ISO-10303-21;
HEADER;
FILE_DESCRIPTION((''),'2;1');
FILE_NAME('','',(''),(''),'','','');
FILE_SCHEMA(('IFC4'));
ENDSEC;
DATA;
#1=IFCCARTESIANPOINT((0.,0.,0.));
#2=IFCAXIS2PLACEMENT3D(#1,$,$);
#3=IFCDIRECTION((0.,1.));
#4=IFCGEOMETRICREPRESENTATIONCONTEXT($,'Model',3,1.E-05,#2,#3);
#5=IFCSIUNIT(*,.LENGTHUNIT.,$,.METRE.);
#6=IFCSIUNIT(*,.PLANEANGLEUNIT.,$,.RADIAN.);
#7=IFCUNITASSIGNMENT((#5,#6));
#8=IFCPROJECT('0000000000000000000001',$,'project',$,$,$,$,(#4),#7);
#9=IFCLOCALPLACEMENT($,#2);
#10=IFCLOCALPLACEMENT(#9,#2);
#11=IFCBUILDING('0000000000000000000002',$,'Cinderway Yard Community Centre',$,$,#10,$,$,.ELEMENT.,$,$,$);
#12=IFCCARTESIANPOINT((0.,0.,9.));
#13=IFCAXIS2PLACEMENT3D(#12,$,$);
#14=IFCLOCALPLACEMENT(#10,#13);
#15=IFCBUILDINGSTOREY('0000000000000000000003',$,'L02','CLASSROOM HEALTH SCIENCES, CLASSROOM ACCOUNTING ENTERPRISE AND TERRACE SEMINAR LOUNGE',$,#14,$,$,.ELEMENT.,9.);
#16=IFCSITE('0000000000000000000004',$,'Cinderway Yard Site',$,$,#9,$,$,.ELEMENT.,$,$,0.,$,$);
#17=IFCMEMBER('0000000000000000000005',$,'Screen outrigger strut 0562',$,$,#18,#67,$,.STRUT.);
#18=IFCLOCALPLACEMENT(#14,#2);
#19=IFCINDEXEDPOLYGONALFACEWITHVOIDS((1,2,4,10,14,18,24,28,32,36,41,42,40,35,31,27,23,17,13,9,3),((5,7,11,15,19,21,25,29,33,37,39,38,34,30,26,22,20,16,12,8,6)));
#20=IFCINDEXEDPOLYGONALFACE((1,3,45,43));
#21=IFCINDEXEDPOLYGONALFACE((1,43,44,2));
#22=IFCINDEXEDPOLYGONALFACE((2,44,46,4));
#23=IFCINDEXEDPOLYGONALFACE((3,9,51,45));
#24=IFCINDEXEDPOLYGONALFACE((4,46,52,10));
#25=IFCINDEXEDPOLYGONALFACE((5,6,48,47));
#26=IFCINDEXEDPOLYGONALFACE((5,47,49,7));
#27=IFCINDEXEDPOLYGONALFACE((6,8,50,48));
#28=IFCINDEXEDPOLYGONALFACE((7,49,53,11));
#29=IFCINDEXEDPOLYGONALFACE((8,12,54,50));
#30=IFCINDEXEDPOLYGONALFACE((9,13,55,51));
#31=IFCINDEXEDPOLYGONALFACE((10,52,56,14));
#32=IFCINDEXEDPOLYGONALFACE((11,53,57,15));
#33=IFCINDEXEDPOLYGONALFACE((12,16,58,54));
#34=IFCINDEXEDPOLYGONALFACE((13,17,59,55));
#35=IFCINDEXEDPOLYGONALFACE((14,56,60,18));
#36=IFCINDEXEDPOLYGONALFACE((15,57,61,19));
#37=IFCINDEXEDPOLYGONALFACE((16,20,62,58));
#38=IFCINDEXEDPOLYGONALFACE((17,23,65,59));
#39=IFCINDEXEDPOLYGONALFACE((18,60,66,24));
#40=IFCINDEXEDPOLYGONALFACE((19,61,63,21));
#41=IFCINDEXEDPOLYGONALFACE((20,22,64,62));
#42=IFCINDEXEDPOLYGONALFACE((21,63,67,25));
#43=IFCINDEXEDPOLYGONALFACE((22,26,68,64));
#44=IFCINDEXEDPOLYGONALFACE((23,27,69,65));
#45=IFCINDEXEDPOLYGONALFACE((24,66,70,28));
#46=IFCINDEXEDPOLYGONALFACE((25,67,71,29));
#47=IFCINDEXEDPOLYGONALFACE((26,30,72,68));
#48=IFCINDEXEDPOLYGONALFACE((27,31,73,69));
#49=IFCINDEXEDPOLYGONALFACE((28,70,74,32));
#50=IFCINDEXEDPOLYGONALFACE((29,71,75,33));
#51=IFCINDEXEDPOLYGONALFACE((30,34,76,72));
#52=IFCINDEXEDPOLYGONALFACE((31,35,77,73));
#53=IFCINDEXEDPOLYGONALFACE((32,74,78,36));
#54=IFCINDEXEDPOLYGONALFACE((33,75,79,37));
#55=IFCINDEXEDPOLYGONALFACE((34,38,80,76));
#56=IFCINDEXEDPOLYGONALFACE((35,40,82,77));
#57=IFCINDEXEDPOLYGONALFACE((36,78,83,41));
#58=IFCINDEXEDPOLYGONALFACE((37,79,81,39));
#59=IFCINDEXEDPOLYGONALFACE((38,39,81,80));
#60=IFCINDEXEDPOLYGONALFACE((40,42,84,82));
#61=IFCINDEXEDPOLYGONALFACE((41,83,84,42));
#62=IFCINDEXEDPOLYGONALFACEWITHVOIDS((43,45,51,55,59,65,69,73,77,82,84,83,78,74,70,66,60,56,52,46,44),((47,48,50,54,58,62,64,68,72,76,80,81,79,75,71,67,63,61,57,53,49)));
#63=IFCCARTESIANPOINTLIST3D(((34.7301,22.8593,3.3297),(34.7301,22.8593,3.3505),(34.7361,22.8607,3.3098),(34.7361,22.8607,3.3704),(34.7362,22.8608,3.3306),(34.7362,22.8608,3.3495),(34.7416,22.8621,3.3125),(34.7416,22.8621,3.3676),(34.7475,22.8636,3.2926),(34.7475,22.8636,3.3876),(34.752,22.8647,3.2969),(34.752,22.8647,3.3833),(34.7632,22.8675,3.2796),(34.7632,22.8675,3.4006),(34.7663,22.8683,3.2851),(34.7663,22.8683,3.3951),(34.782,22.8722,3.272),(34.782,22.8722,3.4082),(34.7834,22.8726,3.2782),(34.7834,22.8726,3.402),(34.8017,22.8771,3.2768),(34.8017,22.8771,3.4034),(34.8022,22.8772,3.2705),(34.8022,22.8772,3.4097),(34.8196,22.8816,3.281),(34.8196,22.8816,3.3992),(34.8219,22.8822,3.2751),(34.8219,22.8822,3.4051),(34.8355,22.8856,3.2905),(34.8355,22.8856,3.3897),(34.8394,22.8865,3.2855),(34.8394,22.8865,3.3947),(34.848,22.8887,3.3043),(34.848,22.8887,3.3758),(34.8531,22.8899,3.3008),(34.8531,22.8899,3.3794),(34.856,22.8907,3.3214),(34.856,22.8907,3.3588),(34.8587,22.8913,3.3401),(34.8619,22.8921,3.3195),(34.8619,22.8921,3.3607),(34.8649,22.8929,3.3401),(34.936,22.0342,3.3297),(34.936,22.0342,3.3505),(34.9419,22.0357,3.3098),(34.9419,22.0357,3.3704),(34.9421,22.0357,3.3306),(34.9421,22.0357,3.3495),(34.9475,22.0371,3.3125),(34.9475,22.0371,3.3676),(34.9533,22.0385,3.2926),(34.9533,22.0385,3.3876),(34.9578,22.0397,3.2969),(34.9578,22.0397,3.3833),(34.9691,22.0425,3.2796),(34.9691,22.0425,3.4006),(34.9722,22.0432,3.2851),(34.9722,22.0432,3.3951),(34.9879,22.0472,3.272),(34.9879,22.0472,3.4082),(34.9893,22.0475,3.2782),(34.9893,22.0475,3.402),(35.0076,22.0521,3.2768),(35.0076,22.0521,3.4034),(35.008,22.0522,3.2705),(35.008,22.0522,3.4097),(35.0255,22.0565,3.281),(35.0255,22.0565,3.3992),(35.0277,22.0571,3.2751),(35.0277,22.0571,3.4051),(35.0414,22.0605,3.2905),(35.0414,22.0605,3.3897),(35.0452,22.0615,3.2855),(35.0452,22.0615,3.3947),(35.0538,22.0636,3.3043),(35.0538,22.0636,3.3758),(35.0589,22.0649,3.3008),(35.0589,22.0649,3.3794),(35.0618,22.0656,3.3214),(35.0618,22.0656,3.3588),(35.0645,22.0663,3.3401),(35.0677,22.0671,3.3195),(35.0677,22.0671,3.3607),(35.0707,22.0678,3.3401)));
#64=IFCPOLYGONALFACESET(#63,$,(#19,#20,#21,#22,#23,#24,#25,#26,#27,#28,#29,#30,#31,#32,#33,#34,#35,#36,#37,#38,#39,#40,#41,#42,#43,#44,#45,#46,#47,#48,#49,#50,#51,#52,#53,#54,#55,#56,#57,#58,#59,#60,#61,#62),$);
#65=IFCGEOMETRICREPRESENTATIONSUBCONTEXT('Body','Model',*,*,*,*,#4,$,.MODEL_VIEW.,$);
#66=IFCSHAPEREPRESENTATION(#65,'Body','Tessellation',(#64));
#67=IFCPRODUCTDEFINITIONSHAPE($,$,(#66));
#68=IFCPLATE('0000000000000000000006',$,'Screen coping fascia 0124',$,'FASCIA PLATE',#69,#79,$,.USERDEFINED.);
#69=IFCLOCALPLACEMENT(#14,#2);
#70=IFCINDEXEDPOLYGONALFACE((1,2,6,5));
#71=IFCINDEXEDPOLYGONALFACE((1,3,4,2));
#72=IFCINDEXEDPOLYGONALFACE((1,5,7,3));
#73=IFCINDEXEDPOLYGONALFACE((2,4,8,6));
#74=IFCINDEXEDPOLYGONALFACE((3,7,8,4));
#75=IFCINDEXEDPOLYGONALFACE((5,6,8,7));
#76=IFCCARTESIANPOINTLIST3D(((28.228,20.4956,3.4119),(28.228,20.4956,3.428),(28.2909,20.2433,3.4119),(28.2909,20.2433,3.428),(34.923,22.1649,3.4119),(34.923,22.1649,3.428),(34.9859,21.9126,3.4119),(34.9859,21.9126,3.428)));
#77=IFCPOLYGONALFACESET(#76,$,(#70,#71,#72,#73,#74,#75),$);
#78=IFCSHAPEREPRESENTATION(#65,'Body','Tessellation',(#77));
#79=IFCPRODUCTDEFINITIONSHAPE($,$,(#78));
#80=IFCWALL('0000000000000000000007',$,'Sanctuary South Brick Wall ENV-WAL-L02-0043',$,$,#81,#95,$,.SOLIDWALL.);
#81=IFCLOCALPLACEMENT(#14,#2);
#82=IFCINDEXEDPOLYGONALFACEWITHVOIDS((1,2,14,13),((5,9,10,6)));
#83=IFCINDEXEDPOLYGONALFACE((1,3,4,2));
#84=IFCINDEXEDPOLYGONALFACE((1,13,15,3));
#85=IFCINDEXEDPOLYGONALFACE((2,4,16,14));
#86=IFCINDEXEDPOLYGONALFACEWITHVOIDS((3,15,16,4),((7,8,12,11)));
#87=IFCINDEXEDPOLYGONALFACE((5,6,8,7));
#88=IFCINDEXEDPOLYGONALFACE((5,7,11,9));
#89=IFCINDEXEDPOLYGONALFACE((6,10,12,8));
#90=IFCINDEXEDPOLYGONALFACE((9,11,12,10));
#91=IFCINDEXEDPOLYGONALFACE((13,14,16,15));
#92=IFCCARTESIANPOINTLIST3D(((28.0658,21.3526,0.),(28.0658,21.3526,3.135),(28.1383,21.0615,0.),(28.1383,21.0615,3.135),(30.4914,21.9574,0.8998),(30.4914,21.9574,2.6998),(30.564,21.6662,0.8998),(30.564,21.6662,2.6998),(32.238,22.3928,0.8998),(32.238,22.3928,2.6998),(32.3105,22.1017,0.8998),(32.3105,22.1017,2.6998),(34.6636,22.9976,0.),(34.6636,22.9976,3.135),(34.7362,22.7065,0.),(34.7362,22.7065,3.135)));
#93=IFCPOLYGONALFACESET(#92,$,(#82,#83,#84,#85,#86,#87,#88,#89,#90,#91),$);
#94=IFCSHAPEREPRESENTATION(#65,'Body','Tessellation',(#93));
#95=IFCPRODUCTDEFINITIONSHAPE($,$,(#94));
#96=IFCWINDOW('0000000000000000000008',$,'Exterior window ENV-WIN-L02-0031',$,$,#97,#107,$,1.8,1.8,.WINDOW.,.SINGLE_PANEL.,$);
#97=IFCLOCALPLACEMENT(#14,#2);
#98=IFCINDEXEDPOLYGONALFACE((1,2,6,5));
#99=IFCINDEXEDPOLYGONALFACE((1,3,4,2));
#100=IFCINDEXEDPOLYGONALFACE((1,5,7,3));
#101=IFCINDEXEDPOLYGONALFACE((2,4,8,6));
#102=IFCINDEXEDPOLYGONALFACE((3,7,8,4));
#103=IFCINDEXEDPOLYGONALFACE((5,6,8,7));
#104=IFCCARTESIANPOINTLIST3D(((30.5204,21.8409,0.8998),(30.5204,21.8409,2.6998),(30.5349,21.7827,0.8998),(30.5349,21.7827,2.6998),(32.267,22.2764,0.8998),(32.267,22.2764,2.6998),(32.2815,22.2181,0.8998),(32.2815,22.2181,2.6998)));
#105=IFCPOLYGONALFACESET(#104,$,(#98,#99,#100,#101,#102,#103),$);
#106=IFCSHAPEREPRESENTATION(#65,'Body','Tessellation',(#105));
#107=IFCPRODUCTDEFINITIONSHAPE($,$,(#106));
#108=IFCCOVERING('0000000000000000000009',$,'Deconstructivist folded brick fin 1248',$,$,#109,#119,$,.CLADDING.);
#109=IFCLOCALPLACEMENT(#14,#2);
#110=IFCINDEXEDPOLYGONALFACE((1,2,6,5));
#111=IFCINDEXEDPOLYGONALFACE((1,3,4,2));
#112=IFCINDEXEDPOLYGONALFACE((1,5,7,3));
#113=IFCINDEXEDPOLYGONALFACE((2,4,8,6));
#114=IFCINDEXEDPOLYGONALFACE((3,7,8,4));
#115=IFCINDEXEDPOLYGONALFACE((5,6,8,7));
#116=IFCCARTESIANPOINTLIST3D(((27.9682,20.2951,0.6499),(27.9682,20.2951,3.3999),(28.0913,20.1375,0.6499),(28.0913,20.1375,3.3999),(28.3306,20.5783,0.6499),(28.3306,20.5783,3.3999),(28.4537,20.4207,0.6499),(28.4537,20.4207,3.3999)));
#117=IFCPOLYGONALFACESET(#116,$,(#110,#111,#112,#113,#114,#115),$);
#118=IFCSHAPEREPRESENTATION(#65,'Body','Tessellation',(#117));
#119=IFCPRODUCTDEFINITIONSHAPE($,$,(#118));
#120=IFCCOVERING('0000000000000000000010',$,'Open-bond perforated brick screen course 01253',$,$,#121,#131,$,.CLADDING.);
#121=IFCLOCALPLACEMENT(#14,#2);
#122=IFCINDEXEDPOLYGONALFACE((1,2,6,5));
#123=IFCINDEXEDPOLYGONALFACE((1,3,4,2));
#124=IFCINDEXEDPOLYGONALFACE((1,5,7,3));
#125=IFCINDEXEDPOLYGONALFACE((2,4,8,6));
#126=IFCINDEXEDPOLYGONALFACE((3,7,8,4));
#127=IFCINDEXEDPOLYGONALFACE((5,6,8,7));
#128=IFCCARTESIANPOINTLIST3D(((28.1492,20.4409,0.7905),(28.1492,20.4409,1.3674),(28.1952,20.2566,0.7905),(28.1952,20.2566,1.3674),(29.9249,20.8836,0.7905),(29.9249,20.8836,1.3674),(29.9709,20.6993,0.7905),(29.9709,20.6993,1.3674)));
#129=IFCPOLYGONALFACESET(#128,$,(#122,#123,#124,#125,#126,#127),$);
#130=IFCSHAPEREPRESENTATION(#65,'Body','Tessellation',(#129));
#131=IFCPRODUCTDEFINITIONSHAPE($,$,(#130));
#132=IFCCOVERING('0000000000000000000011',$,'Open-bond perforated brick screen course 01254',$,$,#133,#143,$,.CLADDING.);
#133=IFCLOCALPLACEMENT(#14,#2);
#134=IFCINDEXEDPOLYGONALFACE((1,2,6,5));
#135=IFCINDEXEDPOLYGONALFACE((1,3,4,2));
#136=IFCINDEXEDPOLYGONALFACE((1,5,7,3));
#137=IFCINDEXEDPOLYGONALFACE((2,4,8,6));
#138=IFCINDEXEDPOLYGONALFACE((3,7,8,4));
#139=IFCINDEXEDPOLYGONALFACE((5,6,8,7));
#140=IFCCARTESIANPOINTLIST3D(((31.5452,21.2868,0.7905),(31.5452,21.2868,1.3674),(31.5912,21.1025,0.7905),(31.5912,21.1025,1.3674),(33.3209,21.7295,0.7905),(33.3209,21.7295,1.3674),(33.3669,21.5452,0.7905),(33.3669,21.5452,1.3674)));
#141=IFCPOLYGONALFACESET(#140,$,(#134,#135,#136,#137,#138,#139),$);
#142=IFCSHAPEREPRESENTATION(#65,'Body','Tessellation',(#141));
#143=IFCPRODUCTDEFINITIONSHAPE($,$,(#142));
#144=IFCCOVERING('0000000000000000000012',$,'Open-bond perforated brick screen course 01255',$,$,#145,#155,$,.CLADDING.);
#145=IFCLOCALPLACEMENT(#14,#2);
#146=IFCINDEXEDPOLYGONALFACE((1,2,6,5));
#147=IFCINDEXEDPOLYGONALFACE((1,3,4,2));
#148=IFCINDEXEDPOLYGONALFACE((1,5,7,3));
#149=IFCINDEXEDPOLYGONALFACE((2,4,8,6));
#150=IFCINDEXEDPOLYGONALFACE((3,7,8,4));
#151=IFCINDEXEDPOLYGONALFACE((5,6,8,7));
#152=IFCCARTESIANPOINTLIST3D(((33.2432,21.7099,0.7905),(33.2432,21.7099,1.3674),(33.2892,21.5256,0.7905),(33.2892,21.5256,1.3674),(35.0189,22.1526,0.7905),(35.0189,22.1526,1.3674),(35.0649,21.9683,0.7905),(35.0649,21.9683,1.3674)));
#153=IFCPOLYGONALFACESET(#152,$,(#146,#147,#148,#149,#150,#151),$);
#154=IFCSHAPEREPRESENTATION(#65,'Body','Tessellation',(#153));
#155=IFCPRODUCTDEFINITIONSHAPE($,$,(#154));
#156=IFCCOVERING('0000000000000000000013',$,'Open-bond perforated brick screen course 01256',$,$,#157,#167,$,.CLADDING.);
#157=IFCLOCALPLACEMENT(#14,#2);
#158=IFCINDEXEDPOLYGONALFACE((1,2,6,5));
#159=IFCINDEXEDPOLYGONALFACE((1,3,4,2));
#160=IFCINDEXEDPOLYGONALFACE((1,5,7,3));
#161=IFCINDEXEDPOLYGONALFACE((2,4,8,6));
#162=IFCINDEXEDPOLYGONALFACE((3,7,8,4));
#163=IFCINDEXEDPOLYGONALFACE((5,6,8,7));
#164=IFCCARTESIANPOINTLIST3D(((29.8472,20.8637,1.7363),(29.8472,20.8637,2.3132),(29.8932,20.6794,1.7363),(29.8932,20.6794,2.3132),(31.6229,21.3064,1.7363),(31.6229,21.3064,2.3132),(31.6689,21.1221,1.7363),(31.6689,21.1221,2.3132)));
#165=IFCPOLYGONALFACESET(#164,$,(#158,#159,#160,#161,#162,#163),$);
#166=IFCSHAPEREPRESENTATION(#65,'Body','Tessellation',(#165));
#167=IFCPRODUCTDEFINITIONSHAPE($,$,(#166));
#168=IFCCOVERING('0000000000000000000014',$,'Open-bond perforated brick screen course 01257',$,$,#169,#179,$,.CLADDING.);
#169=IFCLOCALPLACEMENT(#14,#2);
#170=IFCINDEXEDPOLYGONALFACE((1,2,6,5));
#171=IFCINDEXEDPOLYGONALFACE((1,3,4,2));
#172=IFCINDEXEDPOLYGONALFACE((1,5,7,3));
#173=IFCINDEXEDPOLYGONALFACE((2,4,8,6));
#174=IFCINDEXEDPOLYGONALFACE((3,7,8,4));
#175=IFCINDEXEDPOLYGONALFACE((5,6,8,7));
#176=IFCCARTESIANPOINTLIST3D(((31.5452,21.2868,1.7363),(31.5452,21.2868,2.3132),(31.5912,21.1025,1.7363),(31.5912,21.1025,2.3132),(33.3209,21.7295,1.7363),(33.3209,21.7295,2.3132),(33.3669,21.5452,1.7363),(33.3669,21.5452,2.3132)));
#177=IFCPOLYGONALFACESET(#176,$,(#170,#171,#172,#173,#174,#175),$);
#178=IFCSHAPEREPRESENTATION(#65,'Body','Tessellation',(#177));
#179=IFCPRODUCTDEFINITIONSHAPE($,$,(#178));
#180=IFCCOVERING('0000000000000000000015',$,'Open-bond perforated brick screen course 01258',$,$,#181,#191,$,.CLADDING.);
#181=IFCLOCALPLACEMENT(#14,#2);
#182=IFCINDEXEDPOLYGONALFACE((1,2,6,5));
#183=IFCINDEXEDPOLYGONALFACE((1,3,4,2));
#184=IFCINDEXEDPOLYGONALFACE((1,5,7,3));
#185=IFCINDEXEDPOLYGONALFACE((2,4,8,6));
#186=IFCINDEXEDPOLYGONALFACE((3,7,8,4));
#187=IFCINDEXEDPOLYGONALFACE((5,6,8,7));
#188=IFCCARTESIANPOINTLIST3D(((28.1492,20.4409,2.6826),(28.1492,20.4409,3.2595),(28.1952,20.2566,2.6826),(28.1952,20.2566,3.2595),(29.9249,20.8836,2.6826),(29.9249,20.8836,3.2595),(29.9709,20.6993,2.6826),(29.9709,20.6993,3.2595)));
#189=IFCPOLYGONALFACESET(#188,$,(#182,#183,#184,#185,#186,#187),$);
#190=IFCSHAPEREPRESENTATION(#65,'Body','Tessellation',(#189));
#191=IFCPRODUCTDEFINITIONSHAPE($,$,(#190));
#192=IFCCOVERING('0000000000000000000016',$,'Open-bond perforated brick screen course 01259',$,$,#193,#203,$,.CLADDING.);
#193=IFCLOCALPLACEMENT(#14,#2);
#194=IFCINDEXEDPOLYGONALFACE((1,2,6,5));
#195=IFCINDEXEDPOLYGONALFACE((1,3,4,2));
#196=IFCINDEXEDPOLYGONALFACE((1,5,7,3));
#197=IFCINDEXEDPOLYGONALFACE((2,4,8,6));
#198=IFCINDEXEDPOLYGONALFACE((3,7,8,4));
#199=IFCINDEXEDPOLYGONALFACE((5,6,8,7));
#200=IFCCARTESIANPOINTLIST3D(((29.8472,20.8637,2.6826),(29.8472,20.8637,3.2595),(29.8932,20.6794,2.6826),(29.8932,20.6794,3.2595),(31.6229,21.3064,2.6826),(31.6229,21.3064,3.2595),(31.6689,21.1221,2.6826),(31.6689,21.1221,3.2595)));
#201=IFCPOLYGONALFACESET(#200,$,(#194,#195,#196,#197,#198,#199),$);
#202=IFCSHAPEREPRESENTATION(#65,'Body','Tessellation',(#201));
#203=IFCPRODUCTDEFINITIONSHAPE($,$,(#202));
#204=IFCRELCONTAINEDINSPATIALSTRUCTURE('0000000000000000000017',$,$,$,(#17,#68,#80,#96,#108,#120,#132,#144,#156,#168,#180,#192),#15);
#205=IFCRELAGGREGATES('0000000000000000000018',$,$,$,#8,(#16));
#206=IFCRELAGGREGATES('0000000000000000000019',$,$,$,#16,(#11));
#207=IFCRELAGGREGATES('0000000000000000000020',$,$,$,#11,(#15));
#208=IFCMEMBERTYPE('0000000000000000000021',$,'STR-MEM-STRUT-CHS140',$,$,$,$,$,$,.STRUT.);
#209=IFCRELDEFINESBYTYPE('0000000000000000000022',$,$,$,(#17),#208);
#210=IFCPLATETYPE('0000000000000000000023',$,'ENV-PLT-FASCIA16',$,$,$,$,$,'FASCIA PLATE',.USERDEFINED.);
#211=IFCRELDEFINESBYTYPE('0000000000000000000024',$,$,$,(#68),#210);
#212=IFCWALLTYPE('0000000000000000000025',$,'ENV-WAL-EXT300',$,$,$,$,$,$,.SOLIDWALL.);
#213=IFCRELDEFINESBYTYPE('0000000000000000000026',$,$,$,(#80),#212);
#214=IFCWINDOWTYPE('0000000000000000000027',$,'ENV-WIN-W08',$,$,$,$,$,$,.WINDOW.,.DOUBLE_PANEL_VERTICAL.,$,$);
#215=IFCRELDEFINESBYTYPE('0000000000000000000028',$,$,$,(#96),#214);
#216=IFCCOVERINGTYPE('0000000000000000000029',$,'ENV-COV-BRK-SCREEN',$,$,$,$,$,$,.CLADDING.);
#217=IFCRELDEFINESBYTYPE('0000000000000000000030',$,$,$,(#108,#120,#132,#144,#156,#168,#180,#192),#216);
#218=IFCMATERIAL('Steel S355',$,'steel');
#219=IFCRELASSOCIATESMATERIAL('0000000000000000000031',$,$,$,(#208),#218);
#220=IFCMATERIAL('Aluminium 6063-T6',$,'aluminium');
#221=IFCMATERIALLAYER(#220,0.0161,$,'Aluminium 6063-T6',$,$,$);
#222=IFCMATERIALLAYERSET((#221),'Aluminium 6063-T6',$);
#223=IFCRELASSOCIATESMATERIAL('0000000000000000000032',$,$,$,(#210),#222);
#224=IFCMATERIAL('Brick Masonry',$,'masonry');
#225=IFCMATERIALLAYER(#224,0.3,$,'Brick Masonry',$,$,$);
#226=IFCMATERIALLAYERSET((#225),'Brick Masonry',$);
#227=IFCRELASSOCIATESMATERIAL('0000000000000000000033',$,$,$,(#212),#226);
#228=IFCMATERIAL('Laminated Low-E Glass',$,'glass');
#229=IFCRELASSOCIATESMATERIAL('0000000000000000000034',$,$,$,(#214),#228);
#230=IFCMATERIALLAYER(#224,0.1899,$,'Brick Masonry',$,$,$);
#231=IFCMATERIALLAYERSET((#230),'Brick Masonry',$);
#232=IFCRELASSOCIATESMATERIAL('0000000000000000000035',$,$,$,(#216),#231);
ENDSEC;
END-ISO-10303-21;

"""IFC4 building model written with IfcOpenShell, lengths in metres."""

from ifc_helpers import new_model, si_unit, direction, frame, frame_2d, origin, origin_2d, place, context, subcontext, project, spatial, rectangle, hollow_circle, extrude, material, layer, layer_set, material_profile, profile_set, type_object, element, fill, save


model = new_model("IFC4")

# Units and contexts
model_context = context("Model", 3, precision=1e-05, world=origin(), true_north=direction((0.0, 1.0)))
body_context = subcontext(model_context, "Body", "Model", "MODEL_VIEW")
ifc_project = project(units=[si_unit("LENGTHUNIT", "METRE"), si_unit("PLANEANGLEUNIT", "RADIAN")], contexts=[model_context])

# Site, building, storey
site_placement = place(None, origin())
site = spatial("IfcSite", under=ifc_project, at=site_placement, Name="Cinderway Yard Site", CompositionType="ELEMENT", RefElevation=0.0)
building_placement = place(site_placement, origin())
building = spatial("IfcBuilding", under=site, at=building_placement, Name="Cinderway Yard Community Centre", CompositionType="ELEMENT")
storey_placement = place(building_placement, frame((0.0, 0.0, 9.0)))
storey = spatial("IfcBuildingStorey", under=building, at=storey_placement, Name="L02", Description="CLASSROOM HEALTH SCIENCES, CLASSROOM ACCOUNTING ENTERPRISE AND TERRACE SEMINAR LOUNGE", CompositionType="ELEMENT", Elevation=9.0)

# Shared definitions
ifc_material_1 = material(Name="Steel S355", Category="steel")

# Member
ifc_material_profile_1 = material_profile(ifc_material_1, hollow_circle(Radius=0.0698, WallThickness=0.0063, at=origin_2d()), Name="Steel S355")
ifc_profile_set_1 = profile_set([ifc_material_profile_1], Name="Steel S355")
member_type_1 = type_object("IfcMemberType", Name="STR-MEM-STRUT-CHS140", PredefinedType="STRUT", material=ifc_profile_set_1)
for number, where, z_axis, x_axis, name in (
    (1, (34.7971, 22.876, 3.3401), (0.242063, -0.970261, 0.0), (0.970261, 0.242063, 0.0), "Screen outrigger strut 0562"),
):
    element("IfcMember", number, at=place(storey_placement, frame(where, z_axis=z_axis, x_axis=x_axis)), inside=storey, type_object=member_type_1, Name=name, PredefinedType="STRUT", context=body_context, shape_type="SweptSolid", body=[
        extrude(hollow_circle(Radius=0.0698, WallThickness=0.0063, at=origin_2d()), origin(), (0.0, 0.0, 1.0), 0.8503),
    ])

# Plate
ifc_material_2 = material(Name="Aluminium 6063-T6", Category="aluminium")
ifc_layer_1 = layer(ifc_material_2, 0.0161, Name="Aluminium 6063-T6")
ifc_layer_set_1 = layer_set([ifc_layer_1], Name="Aluminium 6063-T6")
plate_type = type_object("IfcPlateType", Name="ENV-PLT-FASCIA16", ElementType="FASCIA PLATE", PredefinedType="USERDEFINED", material=ifc_layer_set_1)
plate_placement = place(storey_placement, frame((31.6069, 21.2041, 3.4119), z_axis=(0.0, 0.0, 1.0), x_axis=(-0.970296, -0.241922, 0.0)))
element("IfcPlate", 2, at=plate_placement, inside=storey, type_object=plate_type, Name="Screen coping fascia 0124", ObjectType="FASCIA PLATE", PredefinedType="USERDEFINED", context=body_context, shape_type="SweptSolid", body=[
    extrude(rectangle(XDim=6.8999, YDim=0.26, at=origin_2d()), origin(), (0.0, 0.0, 1.0), 0.0161),
])

# Wall, opening, window
ifc_material_3 = material(Name="Brick Masonry", Category="masonry")
ifc_layer_2 = layer(ifc_material_3, 0.3, Name="Brick Masonry")
ifc_layer_set_2 = layer_set([ifc_layer_2], Name="Brick Masonry")
wall_type = type_object("IfcWallType", Name="ENV-WAL-EXT300", PredefinedType="SOLIDWALL", material=ifc_layer_set_2)
wall_placement = place(storey_placement, frame((28.1021, 21.207, 0.0), z_axis=(0.0, 0.0, 1.0), x_axis=(0.970296, 0.241919, 0.0)))
wall = element("IfcWall", 3, at=wall_placement, inside=storey, type_object=wall_type, Name="Sanctuary South Brick Wall ENV-WAL-L02-0043", PredefinedType="SOLIDWALL", context=body_context, shape_type="SweptSolid", body=[
    extrude(rectangle(XDim=6.7998, YDim=0.3, at=frame_2d((3.3999, 0.0))), origin(), (0.0, 0.0, 1.0), 3.135),
])
opening_placement = place(wall_placement, frame((2.5, 0.0, 0.8999)))
opening = element("IfcOpeningElement", 4, at=opening_placement, cuts=wall, PredefinedType="OPENING", context=body_context, shape_type="SweptSolid", body=[
    extrude(rectangle(XDim=1.8, YDim=1.8, at=frame_2d((0.8999, 0.8999))), frame((0.0, 0.1599, 0.0), z_axis=(0.0, -1.0, 0.0), x_axis=(1.0, 0.0, 0.0)), (0.0, 0.0, 1.0), 0.3201),
])
ifc_material_4 = material(Name="Laminated Low-E Glass", Category="glass")
window_type = type_object("IfcWindowType", Name="ENV-WIN-W08", PartitioningType="DOUBLE_PANEL_VERTICAL", PredefinedType="WINDOW", material=ifc_material_4)
window_placement = place(opening_placement, origin())
window = element("IfcWindow", 5, at=window_placement, inside=storey, type_object=window_type, Name="Exterior window ENV-WIN-L02-0031", OverallHeight=1.8, OverallWidth=1.8, PartitioningType="SINGLE_PANEL", PredefinedType="WINDOW", context=body_context, shape_type="SweptSolid", body=[
    extrude(rectangle(XDim=1.8, YDim=1.8, at=frame_2d((0.8999, 0.8999))), frame((0.0, 0.03, 0.0), z_axis=(0.0, -1.0, 0.0), x_axis=(1.0, 0.0, 0.0)), (0.0, 0.0, 1.0), 0.0601),
])
fill(opening, window)

# Coverings
ifc_layer_3 = layer(ifc_material_3, 0.1899, Name="Brick Masonry")
ifc_layer_set_3 = layer_set([ifc_layer_3], Name="Brick Masonry")
covering_type = type_object("IfcCoveringType", Name="ENV-COV-BRK-SCREEN", PredefinedType="CLADDING", material=ifc_layer_set_3)
covering_placement = place(storey_placement, frame((28.2109, 20.3579, 0.6499), z_axis=(0.0, 0.0, 1.0), x_axis=(-0.788011, -0.615661, 0.0)))
element("IfcCovering", 6, at=covering_placement, inside=storey, type_object=covering_type, Name="Deconstructivist folded brick fin 1248", PredefinedType="CLADDING", context=body_context, shape_type="SweptSolid", body=[
    extrude(rectangle(XDim=0.46, YDim=0.2, at=origin_2d()), origin(), (0.0, 0.0, 1.0), 2.75),
])
for number, where, z_axis, x_axis, name in (
    (7, (29.0601, 20.5701, 0.7905), (0.0, 0.0, 1.0), (-0.970296, -0.241922, 0.0), "Open-bond perforated brick screen course 01253"),
    (8, (32.4561, 21.416, 0.7905), (0.0, 0.0, 1.0), (-0.970296, -0.241922, 0.0), "Open-bond perforated brick screen course 01254"),
    (9, (34.1541, 21.8391, 0.7905), (0.0, 0.0, 1.0), (-0.970296, -0.241922, 0.0), "Open-bond perforated brick screen course 01255"),
    (10, (30.7581, 20.9929, 1.7363), (0.0, 0.0, 1.0), (-0.970296, -0.241922, 0.0), "Open-bond perforated brick screen course 01256"),
    (11, (32.4561, 21.416, 1.7363), (0.0, 0.0, 1.0), (-0.970296, -0.241922, 0.0), "Open-bond perforated brick screen course 01257"),
    (12, (29.0601, 20.5701, 2.6826), (0.0, 0.0, 1.0), (-0.970296, -0.241922, 0.0), "Open-bond perforated brick screen course 01258"),
    (13, (30.7581, 20.9929, 2.6826), (0.0, 0.0, 1.0), (-0.970296, -0.241922, 0.0), "Open-bond perforated brick screen course 01259"),
):
    element("IfcCovering", number, at=place(storey_placement, frame(where, z_axis=z_axis, x_axis=x_axis)), inside=storey, type_object=covering_type, Name=name, PredefinedType="CLADDING", context=body_context, shape_type="SweptSolid", body=[
        extrude(rectangle(XDim=1.8301, YDim=0.1899, at=origin_2d()), origin(), (0.0, 0.0, 1.0), 0.5769),
    ])

save(model, "model.ifc")
